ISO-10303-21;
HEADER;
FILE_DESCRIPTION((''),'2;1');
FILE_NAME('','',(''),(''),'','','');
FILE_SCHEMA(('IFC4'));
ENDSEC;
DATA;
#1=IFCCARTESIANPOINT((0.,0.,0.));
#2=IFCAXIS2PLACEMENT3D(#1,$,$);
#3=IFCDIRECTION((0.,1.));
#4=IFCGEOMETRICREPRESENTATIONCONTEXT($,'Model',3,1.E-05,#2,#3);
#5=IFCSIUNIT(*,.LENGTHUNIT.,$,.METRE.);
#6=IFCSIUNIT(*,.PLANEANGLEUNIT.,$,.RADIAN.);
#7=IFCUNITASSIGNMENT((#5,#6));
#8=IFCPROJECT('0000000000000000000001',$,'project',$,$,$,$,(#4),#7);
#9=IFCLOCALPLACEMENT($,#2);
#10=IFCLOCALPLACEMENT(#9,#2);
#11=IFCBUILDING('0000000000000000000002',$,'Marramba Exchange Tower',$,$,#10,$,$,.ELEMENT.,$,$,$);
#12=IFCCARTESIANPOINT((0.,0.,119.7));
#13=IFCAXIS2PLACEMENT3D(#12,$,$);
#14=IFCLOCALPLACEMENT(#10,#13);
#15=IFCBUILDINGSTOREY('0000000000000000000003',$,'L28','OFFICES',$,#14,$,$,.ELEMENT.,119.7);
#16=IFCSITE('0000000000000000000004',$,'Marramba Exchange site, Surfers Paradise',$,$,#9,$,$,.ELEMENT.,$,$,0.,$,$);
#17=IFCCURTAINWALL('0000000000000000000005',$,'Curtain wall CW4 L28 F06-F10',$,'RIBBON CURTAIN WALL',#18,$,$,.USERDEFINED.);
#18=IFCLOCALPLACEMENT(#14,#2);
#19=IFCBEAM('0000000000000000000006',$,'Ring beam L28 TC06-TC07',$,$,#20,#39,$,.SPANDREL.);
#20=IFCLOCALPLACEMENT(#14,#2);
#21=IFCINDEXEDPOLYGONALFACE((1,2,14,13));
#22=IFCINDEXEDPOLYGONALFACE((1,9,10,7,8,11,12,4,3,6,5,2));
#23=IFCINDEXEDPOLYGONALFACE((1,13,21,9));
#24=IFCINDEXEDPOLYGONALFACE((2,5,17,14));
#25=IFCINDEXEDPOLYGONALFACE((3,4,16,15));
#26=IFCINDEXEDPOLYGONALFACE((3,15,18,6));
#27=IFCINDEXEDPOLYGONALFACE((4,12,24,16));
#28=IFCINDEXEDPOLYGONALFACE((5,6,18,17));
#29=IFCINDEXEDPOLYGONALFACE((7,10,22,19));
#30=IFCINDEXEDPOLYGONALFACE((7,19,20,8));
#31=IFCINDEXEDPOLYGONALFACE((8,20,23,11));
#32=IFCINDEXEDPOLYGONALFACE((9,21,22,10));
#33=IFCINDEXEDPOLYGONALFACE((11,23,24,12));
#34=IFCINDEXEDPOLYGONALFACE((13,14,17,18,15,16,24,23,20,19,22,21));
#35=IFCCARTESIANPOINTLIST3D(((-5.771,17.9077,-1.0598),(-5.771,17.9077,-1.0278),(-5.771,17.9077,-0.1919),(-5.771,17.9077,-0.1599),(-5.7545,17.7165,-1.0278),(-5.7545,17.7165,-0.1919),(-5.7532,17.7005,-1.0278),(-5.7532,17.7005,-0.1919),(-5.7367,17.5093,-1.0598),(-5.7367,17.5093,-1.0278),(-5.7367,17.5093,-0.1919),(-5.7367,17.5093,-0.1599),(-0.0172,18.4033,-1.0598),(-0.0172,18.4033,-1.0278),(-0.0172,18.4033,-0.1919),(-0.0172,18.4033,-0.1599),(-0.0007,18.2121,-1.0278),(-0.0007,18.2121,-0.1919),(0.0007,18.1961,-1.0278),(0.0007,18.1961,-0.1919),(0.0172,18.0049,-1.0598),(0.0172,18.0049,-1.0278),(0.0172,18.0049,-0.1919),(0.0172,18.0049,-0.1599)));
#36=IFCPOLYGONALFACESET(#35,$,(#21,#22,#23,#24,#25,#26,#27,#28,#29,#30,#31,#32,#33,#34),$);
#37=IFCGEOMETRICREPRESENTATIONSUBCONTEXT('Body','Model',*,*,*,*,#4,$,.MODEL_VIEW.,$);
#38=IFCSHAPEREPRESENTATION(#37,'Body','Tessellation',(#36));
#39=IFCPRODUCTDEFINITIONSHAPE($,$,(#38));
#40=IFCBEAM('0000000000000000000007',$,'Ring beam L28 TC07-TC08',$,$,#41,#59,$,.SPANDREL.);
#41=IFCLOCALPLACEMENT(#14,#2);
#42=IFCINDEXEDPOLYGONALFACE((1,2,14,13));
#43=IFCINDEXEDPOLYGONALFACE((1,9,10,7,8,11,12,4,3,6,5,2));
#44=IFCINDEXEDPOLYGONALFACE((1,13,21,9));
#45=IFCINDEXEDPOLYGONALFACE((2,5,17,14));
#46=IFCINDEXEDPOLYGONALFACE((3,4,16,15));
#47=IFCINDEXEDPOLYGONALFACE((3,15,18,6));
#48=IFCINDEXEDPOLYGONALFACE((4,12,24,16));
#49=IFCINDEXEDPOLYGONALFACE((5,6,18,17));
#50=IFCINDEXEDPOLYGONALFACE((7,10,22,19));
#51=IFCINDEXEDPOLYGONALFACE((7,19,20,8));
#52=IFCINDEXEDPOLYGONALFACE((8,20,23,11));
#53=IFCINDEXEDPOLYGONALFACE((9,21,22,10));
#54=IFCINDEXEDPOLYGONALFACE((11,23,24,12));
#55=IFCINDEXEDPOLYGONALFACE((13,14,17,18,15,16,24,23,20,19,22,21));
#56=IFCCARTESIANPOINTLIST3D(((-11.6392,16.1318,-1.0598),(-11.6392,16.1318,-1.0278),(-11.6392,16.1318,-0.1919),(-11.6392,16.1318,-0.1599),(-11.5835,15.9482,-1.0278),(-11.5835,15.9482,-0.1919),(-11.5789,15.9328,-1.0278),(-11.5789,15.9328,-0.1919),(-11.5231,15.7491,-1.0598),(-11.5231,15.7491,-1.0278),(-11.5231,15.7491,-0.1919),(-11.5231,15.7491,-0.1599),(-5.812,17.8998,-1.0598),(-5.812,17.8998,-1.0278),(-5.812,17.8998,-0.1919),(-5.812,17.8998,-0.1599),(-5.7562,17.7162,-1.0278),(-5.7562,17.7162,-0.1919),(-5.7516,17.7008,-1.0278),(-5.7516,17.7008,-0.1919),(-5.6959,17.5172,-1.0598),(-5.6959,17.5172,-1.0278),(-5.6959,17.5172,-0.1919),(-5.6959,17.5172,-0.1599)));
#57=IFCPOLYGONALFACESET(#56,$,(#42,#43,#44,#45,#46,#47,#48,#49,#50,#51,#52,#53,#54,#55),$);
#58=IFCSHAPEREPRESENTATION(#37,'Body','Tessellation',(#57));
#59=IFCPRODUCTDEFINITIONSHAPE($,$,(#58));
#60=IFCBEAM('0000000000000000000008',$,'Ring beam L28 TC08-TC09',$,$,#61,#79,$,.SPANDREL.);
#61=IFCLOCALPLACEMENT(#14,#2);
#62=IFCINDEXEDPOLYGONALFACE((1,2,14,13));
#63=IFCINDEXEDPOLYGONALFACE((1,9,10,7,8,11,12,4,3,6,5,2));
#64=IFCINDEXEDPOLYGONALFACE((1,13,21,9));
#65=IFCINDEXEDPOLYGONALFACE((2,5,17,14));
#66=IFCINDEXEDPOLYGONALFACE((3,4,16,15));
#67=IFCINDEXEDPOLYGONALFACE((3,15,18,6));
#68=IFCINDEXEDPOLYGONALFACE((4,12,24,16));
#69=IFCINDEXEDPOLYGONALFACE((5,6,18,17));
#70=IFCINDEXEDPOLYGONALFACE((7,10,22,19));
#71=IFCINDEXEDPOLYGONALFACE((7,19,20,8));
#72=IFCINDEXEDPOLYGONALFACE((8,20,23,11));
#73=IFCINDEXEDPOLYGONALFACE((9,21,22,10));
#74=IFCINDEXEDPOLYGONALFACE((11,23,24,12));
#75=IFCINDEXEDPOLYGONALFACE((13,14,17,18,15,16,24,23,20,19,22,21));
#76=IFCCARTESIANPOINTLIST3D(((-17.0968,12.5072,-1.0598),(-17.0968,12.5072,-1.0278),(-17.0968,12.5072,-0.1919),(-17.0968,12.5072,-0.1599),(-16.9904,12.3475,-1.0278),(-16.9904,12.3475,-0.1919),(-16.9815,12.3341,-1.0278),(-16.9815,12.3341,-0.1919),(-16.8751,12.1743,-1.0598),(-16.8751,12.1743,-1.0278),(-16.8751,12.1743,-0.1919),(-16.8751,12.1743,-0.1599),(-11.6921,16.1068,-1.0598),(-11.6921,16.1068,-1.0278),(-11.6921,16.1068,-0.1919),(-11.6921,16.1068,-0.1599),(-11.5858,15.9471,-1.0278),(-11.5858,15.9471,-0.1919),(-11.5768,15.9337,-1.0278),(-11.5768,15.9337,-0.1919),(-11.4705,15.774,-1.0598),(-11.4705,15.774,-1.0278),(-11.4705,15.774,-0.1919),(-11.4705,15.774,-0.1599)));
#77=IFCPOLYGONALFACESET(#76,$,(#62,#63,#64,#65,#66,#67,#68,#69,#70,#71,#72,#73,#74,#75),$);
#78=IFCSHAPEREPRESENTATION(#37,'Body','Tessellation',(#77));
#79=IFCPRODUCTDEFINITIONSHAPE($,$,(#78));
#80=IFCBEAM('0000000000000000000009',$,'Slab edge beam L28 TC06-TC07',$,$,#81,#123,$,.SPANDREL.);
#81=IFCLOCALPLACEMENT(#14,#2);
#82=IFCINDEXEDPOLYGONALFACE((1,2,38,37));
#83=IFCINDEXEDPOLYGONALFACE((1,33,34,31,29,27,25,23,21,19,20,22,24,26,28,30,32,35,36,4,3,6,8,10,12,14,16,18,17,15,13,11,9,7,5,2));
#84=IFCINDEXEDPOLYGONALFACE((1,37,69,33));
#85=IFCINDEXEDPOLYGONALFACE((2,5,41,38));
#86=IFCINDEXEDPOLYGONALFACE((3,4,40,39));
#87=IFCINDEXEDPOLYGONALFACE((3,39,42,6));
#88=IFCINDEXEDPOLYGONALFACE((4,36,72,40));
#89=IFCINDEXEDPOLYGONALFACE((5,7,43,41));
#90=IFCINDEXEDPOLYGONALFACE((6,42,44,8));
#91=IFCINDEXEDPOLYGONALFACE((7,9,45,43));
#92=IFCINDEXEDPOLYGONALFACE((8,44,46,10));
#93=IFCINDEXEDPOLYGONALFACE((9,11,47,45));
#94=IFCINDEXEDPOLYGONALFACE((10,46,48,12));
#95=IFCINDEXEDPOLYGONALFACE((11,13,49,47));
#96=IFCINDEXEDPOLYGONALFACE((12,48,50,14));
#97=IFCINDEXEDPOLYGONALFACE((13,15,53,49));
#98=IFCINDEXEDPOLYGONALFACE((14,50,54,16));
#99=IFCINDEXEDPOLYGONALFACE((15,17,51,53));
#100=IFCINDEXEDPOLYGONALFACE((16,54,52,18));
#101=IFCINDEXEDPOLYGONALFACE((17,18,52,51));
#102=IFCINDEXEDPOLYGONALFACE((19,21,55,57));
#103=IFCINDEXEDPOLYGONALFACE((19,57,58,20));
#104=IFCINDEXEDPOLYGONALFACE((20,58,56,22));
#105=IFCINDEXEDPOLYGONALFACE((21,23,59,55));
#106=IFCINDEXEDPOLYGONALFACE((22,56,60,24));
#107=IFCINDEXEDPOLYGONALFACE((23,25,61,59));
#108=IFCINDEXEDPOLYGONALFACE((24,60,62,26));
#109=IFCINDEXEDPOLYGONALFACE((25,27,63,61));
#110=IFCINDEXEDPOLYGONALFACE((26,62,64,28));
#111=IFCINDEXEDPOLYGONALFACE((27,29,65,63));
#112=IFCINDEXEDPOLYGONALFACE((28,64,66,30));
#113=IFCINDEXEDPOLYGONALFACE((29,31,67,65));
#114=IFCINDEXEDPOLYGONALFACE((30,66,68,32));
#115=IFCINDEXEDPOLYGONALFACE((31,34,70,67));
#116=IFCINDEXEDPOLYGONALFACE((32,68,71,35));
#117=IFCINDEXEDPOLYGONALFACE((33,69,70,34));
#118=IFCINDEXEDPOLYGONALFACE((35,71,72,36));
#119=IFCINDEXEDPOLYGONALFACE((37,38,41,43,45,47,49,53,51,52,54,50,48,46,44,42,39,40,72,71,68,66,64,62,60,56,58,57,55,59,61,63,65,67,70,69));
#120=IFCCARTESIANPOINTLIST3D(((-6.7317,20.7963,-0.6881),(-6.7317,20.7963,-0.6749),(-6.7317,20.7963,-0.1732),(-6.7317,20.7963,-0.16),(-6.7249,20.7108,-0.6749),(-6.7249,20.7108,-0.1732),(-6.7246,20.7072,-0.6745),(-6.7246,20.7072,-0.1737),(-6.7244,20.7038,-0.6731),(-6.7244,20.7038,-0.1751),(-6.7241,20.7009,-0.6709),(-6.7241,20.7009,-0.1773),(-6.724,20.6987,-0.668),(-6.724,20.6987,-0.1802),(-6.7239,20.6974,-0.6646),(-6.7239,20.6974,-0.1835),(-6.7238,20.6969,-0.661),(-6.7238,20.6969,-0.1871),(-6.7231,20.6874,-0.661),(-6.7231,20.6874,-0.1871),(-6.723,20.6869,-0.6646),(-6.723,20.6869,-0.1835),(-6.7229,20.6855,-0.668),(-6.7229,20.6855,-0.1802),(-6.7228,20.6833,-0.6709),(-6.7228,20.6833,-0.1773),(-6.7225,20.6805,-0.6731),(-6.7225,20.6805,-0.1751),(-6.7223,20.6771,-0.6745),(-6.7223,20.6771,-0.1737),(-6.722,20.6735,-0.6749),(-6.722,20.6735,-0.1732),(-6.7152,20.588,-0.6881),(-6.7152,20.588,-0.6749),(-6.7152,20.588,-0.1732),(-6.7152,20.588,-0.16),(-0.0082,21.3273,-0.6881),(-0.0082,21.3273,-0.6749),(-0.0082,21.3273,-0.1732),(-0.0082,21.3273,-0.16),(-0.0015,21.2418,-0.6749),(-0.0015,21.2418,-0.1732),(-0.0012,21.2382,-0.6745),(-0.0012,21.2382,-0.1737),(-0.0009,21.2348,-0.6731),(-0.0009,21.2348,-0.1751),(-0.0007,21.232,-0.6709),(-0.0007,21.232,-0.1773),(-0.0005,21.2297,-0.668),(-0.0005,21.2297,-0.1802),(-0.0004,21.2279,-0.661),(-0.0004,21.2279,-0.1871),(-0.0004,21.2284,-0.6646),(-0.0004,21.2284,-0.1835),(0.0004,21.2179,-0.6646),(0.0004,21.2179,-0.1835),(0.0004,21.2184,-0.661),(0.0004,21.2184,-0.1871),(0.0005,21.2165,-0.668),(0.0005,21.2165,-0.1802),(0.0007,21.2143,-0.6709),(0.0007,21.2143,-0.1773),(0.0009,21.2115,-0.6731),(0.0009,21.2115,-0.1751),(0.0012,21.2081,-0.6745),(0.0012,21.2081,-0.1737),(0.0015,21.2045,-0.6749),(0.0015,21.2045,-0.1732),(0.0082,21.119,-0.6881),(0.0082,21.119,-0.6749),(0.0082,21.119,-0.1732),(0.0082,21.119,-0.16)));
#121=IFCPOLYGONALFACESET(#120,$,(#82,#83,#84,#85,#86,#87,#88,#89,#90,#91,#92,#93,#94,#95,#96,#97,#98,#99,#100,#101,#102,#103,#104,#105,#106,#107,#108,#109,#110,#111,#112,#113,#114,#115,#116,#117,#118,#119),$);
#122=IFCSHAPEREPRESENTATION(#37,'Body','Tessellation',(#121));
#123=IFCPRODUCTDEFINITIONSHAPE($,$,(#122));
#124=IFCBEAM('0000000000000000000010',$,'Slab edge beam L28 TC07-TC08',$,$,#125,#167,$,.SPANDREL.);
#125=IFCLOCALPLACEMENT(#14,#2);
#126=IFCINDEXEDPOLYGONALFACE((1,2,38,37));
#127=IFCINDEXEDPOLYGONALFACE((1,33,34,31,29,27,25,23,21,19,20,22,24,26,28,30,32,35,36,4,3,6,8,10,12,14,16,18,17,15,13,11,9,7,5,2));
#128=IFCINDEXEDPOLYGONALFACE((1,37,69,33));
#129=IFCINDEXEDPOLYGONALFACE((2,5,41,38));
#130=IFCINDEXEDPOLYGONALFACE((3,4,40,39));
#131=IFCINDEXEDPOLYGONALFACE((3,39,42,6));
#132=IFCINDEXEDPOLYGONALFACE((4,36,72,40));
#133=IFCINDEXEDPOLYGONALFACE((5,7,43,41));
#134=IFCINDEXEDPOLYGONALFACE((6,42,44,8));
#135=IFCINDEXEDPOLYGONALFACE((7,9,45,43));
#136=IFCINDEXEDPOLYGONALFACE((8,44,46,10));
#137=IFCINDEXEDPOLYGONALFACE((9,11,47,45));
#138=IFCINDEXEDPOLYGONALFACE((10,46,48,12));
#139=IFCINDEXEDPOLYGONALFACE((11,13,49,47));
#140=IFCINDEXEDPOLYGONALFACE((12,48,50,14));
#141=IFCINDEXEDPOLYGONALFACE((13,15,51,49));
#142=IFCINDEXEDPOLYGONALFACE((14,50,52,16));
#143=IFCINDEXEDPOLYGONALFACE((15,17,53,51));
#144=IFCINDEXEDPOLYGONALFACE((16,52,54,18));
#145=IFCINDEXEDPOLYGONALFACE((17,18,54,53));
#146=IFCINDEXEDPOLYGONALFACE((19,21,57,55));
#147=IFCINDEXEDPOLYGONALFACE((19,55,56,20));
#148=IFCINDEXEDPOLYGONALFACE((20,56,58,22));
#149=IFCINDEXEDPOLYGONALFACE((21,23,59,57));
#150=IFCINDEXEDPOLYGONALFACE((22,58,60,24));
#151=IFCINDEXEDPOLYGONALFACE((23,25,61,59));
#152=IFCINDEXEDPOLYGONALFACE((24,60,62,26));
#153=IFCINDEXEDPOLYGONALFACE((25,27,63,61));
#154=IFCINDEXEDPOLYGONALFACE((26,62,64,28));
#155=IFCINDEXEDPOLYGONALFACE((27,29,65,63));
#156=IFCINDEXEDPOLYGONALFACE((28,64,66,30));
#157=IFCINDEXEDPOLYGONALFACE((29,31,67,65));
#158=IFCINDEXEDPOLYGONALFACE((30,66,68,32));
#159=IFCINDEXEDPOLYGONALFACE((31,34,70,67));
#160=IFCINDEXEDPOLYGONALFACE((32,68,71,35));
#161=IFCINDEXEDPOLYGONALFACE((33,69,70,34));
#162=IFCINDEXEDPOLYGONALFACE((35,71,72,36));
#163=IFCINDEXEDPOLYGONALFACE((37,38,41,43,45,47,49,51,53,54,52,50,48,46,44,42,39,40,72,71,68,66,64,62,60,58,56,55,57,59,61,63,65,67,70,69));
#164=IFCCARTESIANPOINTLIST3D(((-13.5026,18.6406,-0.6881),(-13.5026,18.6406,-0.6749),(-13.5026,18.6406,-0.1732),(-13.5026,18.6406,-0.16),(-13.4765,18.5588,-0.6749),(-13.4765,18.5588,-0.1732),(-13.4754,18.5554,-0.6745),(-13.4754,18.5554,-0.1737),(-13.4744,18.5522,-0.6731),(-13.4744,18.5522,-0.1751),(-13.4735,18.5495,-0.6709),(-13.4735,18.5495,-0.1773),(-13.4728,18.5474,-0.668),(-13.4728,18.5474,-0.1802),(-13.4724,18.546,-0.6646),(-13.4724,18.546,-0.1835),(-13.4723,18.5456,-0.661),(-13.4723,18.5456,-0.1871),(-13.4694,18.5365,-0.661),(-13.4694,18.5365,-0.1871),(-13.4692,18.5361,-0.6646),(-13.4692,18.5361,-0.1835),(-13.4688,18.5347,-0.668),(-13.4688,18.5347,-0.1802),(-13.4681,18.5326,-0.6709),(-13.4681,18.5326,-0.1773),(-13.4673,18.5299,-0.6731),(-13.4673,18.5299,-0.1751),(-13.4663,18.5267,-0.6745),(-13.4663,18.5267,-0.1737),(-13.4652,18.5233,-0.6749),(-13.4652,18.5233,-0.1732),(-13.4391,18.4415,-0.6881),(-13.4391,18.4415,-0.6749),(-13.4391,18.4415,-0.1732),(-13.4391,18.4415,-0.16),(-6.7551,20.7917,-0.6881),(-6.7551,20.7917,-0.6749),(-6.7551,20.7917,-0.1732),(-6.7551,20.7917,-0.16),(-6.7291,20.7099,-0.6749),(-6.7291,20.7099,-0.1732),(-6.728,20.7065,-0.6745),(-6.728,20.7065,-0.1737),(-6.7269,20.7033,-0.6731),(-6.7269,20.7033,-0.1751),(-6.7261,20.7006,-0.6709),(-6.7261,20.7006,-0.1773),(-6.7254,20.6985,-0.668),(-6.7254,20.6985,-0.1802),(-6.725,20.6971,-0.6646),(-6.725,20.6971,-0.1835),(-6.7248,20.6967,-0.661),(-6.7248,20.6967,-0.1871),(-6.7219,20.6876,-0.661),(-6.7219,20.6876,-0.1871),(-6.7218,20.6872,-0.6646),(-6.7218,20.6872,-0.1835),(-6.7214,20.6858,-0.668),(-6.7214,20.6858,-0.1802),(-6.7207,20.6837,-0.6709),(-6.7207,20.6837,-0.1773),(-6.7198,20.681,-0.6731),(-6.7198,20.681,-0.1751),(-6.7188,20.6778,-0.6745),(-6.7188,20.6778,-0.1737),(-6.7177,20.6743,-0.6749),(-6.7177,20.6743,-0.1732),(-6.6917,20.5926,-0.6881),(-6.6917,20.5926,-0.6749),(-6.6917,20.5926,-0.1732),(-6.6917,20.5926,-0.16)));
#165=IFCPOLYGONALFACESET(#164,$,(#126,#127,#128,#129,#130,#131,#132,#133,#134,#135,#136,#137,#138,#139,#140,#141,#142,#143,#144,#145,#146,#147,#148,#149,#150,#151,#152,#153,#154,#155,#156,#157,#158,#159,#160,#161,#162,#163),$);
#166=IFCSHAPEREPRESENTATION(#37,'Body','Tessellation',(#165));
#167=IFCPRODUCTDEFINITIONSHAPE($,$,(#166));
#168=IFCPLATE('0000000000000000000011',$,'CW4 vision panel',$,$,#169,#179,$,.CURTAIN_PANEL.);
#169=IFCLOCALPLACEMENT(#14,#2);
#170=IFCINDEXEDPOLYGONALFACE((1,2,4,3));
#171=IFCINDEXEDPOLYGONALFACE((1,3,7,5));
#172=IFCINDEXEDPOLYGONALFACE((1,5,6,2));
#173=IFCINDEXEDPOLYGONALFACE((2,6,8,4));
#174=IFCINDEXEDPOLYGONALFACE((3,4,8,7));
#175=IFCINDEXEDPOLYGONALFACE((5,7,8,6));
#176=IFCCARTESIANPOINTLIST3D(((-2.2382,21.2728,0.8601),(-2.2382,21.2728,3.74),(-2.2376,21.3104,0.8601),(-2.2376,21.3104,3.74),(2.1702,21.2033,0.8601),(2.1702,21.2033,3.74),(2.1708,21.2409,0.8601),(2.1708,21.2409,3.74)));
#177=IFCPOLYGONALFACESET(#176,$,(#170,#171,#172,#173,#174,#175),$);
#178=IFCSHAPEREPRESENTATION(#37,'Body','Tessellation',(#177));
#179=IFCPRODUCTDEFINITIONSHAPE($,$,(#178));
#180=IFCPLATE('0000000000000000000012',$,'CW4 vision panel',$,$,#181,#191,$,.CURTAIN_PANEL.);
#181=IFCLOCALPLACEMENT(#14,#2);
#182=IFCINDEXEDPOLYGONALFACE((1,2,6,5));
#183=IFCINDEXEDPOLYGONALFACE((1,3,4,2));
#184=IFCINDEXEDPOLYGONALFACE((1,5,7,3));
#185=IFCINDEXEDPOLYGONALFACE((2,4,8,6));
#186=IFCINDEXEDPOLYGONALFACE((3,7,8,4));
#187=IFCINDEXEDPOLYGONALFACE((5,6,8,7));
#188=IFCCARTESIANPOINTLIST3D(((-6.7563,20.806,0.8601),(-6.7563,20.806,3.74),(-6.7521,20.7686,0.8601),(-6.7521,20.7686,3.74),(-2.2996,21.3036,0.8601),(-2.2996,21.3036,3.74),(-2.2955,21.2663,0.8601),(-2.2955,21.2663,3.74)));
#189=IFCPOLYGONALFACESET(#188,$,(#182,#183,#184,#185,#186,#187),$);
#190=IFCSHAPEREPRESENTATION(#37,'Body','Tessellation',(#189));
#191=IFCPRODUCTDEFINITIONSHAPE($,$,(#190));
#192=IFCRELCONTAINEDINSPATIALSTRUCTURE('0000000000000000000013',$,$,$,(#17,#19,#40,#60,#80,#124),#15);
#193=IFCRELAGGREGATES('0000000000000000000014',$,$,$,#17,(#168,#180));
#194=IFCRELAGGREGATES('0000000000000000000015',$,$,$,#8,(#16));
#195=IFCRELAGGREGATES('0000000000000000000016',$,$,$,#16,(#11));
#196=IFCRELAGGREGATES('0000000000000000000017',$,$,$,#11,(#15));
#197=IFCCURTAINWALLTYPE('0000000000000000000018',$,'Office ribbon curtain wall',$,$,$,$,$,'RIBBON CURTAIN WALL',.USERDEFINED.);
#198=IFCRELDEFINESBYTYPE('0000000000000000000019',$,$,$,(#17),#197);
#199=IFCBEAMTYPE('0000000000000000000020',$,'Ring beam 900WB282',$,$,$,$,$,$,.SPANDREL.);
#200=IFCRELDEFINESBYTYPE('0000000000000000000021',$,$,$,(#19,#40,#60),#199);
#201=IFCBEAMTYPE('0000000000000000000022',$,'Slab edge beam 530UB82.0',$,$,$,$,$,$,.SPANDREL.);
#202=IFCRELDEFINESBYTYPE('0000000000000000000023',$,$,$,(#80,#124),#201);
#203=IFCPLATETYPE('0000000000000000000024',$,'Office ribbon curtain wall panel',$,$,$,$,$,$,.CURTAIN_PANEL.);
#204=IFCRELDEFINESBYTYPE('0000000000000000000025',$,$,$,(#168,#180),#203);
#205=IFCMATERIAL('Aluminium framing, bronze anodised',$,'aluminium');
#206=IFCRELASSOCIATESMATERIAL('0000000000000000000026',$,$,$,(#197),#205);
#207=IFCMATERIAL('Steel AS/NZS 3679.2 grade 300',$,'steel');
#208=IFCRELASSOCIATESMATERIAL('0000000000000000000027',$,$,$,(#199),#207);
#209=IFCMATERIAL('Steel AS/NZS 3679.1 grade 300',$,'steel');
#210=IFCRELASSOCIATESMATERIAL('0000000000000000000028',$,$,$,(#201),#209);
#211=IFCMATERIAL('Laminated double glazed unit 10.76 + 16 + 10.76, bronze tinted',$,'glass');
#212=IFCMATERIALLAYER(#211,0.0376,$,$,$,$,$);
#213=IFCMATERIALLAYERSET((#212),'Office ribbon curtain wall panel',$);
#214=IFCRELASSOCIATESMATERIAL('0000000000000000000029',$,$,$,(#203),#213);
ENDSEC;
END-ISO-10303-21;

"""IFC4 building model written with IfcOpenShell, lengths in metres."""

from ifc_helpers import new_model, si_unit, direction, frame, origin, origin_2d, place, context, subcontext, project, spatial, rectangle, i_section, extrude, material, layer, layer_set, material_profile, profile_set, type_object, element, aggregate, save


model = new_model("IFC4")

# Units and contexts
model_context = context("Model", 3, precision=1e-05, world=origin(), true_north=direction((0.0, 1.0)))
body_context = subcontext(model_context, "Body", "Model", "MODEL_VIEW")
ifc_project = project(units=[si_unit("LENGTHUNIT", "METRE"), si_unit("PLANEANGLEUNIT", "RADIAN")], contexts=[model_context])

# Site, building, storey
site_placement = place(None, origin())
site = spatial("IfcSite", under=ifc_project, at=site_placement, Name="Marramba Exchange site, Surfers Paradise", CompositionType="ELEMENT", RefElevation=0.0)
building_placement = place(site_placement, origin())
building = spatial("IfcBuilding", under=site, at=building_placement, Name="Marramba Exchange Tower", CompositionType="ELEMENT")
storey_placement = place(building_placement, frame((0.0, 0.0, 119.7)))
storey = spatial("IfcBuildingStorey", under=building, at=storey_placement, Name="L28", Description="OFFICES", CompositionType="ELEMENT", Elevation=119.7)

# Shared definitions
ifc_material_1 = material(Name="Steel AS/NZS 3679.2 grade 300", Category="steel")

# Curtain wall
ifc_material_2 = material(Name="Aluminium framing, bronze anodised", Category="aluminium")
curtain_wall_type = type_object("IfcCurtainWallType", Name="Office ribbon curtain wall", ElementType="RIBBON CURTAIN WALL", PredefinedType="USERDEFINED", material=ifc_material_2)
curtain_wall_1_placement = place(storey_placement, origin())
curtain_wall_1 = element("IfcCurtainWall", 1, at=curtain_wall_1_placement, inside=storey, type_object=curtain_wall_type, Name="Curtain wall CW4 L28 F06-F10", ObjectType="RIBBON CURTAIN WALL", PredefinedType="USERDEFINED")

# Beams
ifc_material_profile_1 = material_profile(ifc_material_1, i_section(OverallWidth=0.3999, OverallDepth=0.8999, WebThickness=0.0161, FlangeThickness=0.032, at=origin_2d()), Name="900WB282")
ifc_profile_set_1 = profile_set([ifc_material_profile_1], Name="Steel AS/NZS 3679.2 grade 300")
beam_type_1 = type_object("IfcBeamType", Name="Ring beam 900WB282", PredefinedType="SPANDREL", material=ifc_profile_set_1)
beam_1_placement = place(storey_placement, frame((0.0, 18.2041, -0.6099), z_axis=(-0.996311, -0.085816, 0.0), x_axis=(0.085816, -0.996311, 0.0)))
element("IfcBeam", 2, at=beam_1_placement, inside=storey, type_object=beam_type_1, Name="Ring beam L28 TC06-TC07", PredefinedType="SPANDREL", context=body_context, shape_type="SweptSolid", body=[
    extrude(i_section(OverallWidth=0.3999, OverallDepth=0.8999, WebThickness=0.0161, FlangeThickness=0.032, at=origin_2d()), origin(), (0.0, 0.0, 1.0), 5.7751),
])
beam_2_placement = place(storey_placement, frame((-5.7539, 17.7085, -0.6099), z_axis=(-0.956925, -0.290337, 0.0), x_axis=(0.290337, -0.956925, 0.0)))
element("IfcBeam", 3, at=beam_2_placement, inside=storey, type_object=beam_type_1, Name="Ring beam L28 TC07-TC08", PredefinedType="SPANDREL", context=body_context, shape_type="SweptSolid", body=[
    extrude(i_section(OverallWidth=0.3999, OverallDepth=0.8999, WebThickness=0.0161, FlangeThickness=0.032, at=origin_2d()), origin(), (0.0, 0.0, 1.0), 6.0896),
])
beam_3_placement = place(storey_placement, frame((-11.5813, 15.9404, -0.6099), z_axis=(-0.832293, -0.554336, 0.0), x_axis=(0.554336, -0.832293, 0.0)))
element("IfcBeam", 4, at=beam_3_placement, inside=storey, type_object=beam_type_1, Name="Ring beam L28 TC08-TC09", PredefinedType="SPANDREL", context=body_context, shape_type="SweptSolid", body=[
    extrude(i_section(OverallWidth=0.3999, OverallDepth=0.8999, WebThickness=0.0161, FlangeThickness=0.032, at=origin_2d()), origin(), (0.0, 0.0, 1.0), 6.4937),
])
ifc_material_3 = material(Name="Steel AS/NZS 3679.1 grade 300", Category="steel")
ifc_material_profile_2 = material_profile(ifc_material_3, i_section(OverallWidth=0.209, OverallDepth=0.5281, WebThickness=0.0095, FlangeThickness=0.0132, FilletRadius=0.0139, at=origin_2d()), Name="530UB82.0")
ifc_profile_set_2 = profile_set([ifc_material_profile_2], Name="Steel AS/NZS 3679.1 grade 300")
beam_type_2 = type_object("IfcBeamType", Name="Slab edge beam 530UB82.0", PredefinedType="SPANDREL", material=ifc_profile_set_2)
beam_4_placement = place(storey_placement, frame((0.0, 21.2231, -0.4241), z_axis=(-0.996896, -0.078734, 0.0), x_axis=(0.078734, -0.996896, 0.0)))
element("IfcBeam", 5, at=beam_4_placement, inside=storey, type_object=beam_type_2, Name="Slab edge beam L28 TC06-TC07", PredefinedType="SPANDREL", context=body_context, shape_type="SweptSolid", body=[
    extrude(i_section(OverallWidth=0.209, OverallDepth=0.5281, WebThickness=0.0095, FlangeThickness=0.0132, FilletRadius=0.0139, at=origin_2d()), origin(), (0.0, 0.0, 1.0), 6.7444),
])
beam_5_placement = place(storey_placement, frame((-6.7234, 20.6921, -0.4241), z_axis=(-0.952755, -0.303739, 0.0), x_axis=(0.303739, -0.952755, 0.0)))
element("IfcBeam", 6, at=beam_5_placement, inside=storey, type_object=beam_type_2, Name="Slab edge beam L28 TC07-TC08", PredefinedType="SPANDREL", context=body_context, shape_type="SweptSolid", body=[
    extrude(i_section(OverallWidth=0.209, OverallDepth=0.5281, WebThickness=0.0095, FlangeThickness=0.0132, FilletRadius=0.0139, at=origin_2d()), origin(), (0.0, 0.0, 1.0), 7.082),
])

# Plates
ifc_material_4 = material(Name="Laminated double glazed unit 10.76 + 16 + 10.76, bronze tinted", Category="glass")
ifc_layer_1 = layer(ifc_material_4, 0.0376)
ifc_layer_set_1 = layer_set([ifc_layer_1], Name="Office ribbon curtain wall panel")
plate_type = type_object("IfcPlateType", Name="Office ribbon curtain wall panel", PredefinedType="CURTAIN_PANEL", material=ifc_layer_set_1)
plate_1_placement = place(storey_placement, frame((-0.0337, 21.2568, 0.8601), z_axis=(0.0, 0.0, 1.0), x_axis=(-0.999876, 0.015756, 0.0)))
plate_1 = element("IfcPlate", 7, at=plate_1_placement, type_object=plate_type, Name="CW4 vision panel", PredefinedType="CURTAIN_PANEL", context=body_context, shape_type="SweptSolid", body=[
    extrude(rectangle(XDim=4.4089, YDim=0.0376, at=origin_2d()), origin(), (0.0, 0.0, 1.0), 2.8799),
])
plate_2_placement = place(storey_placement, frame((-4.5259, 21.0361, 0.8601), z_axis=(0.0, 0.0, 1.0), x_axis=(-0.993823, -0.110973, 0.0)))
plate_2 = element("IfcPlate", 8, at=plate_2_placement, type_object=plate_type, Name="CW4 vision panel", PredefinedType="CURTAIN_PANEL", context=body_context, shape_type="SweptSolid", body=[
    extrude(rectangle(XDim=4.4844, YDim=0.0376, at=origin_2d()), origin(), (0.0, 0.0, 1.0), 2.8799),
])
aggregate(curtain_wall_1, [plate_1, plate_2])

save(model, "model.ifc")
